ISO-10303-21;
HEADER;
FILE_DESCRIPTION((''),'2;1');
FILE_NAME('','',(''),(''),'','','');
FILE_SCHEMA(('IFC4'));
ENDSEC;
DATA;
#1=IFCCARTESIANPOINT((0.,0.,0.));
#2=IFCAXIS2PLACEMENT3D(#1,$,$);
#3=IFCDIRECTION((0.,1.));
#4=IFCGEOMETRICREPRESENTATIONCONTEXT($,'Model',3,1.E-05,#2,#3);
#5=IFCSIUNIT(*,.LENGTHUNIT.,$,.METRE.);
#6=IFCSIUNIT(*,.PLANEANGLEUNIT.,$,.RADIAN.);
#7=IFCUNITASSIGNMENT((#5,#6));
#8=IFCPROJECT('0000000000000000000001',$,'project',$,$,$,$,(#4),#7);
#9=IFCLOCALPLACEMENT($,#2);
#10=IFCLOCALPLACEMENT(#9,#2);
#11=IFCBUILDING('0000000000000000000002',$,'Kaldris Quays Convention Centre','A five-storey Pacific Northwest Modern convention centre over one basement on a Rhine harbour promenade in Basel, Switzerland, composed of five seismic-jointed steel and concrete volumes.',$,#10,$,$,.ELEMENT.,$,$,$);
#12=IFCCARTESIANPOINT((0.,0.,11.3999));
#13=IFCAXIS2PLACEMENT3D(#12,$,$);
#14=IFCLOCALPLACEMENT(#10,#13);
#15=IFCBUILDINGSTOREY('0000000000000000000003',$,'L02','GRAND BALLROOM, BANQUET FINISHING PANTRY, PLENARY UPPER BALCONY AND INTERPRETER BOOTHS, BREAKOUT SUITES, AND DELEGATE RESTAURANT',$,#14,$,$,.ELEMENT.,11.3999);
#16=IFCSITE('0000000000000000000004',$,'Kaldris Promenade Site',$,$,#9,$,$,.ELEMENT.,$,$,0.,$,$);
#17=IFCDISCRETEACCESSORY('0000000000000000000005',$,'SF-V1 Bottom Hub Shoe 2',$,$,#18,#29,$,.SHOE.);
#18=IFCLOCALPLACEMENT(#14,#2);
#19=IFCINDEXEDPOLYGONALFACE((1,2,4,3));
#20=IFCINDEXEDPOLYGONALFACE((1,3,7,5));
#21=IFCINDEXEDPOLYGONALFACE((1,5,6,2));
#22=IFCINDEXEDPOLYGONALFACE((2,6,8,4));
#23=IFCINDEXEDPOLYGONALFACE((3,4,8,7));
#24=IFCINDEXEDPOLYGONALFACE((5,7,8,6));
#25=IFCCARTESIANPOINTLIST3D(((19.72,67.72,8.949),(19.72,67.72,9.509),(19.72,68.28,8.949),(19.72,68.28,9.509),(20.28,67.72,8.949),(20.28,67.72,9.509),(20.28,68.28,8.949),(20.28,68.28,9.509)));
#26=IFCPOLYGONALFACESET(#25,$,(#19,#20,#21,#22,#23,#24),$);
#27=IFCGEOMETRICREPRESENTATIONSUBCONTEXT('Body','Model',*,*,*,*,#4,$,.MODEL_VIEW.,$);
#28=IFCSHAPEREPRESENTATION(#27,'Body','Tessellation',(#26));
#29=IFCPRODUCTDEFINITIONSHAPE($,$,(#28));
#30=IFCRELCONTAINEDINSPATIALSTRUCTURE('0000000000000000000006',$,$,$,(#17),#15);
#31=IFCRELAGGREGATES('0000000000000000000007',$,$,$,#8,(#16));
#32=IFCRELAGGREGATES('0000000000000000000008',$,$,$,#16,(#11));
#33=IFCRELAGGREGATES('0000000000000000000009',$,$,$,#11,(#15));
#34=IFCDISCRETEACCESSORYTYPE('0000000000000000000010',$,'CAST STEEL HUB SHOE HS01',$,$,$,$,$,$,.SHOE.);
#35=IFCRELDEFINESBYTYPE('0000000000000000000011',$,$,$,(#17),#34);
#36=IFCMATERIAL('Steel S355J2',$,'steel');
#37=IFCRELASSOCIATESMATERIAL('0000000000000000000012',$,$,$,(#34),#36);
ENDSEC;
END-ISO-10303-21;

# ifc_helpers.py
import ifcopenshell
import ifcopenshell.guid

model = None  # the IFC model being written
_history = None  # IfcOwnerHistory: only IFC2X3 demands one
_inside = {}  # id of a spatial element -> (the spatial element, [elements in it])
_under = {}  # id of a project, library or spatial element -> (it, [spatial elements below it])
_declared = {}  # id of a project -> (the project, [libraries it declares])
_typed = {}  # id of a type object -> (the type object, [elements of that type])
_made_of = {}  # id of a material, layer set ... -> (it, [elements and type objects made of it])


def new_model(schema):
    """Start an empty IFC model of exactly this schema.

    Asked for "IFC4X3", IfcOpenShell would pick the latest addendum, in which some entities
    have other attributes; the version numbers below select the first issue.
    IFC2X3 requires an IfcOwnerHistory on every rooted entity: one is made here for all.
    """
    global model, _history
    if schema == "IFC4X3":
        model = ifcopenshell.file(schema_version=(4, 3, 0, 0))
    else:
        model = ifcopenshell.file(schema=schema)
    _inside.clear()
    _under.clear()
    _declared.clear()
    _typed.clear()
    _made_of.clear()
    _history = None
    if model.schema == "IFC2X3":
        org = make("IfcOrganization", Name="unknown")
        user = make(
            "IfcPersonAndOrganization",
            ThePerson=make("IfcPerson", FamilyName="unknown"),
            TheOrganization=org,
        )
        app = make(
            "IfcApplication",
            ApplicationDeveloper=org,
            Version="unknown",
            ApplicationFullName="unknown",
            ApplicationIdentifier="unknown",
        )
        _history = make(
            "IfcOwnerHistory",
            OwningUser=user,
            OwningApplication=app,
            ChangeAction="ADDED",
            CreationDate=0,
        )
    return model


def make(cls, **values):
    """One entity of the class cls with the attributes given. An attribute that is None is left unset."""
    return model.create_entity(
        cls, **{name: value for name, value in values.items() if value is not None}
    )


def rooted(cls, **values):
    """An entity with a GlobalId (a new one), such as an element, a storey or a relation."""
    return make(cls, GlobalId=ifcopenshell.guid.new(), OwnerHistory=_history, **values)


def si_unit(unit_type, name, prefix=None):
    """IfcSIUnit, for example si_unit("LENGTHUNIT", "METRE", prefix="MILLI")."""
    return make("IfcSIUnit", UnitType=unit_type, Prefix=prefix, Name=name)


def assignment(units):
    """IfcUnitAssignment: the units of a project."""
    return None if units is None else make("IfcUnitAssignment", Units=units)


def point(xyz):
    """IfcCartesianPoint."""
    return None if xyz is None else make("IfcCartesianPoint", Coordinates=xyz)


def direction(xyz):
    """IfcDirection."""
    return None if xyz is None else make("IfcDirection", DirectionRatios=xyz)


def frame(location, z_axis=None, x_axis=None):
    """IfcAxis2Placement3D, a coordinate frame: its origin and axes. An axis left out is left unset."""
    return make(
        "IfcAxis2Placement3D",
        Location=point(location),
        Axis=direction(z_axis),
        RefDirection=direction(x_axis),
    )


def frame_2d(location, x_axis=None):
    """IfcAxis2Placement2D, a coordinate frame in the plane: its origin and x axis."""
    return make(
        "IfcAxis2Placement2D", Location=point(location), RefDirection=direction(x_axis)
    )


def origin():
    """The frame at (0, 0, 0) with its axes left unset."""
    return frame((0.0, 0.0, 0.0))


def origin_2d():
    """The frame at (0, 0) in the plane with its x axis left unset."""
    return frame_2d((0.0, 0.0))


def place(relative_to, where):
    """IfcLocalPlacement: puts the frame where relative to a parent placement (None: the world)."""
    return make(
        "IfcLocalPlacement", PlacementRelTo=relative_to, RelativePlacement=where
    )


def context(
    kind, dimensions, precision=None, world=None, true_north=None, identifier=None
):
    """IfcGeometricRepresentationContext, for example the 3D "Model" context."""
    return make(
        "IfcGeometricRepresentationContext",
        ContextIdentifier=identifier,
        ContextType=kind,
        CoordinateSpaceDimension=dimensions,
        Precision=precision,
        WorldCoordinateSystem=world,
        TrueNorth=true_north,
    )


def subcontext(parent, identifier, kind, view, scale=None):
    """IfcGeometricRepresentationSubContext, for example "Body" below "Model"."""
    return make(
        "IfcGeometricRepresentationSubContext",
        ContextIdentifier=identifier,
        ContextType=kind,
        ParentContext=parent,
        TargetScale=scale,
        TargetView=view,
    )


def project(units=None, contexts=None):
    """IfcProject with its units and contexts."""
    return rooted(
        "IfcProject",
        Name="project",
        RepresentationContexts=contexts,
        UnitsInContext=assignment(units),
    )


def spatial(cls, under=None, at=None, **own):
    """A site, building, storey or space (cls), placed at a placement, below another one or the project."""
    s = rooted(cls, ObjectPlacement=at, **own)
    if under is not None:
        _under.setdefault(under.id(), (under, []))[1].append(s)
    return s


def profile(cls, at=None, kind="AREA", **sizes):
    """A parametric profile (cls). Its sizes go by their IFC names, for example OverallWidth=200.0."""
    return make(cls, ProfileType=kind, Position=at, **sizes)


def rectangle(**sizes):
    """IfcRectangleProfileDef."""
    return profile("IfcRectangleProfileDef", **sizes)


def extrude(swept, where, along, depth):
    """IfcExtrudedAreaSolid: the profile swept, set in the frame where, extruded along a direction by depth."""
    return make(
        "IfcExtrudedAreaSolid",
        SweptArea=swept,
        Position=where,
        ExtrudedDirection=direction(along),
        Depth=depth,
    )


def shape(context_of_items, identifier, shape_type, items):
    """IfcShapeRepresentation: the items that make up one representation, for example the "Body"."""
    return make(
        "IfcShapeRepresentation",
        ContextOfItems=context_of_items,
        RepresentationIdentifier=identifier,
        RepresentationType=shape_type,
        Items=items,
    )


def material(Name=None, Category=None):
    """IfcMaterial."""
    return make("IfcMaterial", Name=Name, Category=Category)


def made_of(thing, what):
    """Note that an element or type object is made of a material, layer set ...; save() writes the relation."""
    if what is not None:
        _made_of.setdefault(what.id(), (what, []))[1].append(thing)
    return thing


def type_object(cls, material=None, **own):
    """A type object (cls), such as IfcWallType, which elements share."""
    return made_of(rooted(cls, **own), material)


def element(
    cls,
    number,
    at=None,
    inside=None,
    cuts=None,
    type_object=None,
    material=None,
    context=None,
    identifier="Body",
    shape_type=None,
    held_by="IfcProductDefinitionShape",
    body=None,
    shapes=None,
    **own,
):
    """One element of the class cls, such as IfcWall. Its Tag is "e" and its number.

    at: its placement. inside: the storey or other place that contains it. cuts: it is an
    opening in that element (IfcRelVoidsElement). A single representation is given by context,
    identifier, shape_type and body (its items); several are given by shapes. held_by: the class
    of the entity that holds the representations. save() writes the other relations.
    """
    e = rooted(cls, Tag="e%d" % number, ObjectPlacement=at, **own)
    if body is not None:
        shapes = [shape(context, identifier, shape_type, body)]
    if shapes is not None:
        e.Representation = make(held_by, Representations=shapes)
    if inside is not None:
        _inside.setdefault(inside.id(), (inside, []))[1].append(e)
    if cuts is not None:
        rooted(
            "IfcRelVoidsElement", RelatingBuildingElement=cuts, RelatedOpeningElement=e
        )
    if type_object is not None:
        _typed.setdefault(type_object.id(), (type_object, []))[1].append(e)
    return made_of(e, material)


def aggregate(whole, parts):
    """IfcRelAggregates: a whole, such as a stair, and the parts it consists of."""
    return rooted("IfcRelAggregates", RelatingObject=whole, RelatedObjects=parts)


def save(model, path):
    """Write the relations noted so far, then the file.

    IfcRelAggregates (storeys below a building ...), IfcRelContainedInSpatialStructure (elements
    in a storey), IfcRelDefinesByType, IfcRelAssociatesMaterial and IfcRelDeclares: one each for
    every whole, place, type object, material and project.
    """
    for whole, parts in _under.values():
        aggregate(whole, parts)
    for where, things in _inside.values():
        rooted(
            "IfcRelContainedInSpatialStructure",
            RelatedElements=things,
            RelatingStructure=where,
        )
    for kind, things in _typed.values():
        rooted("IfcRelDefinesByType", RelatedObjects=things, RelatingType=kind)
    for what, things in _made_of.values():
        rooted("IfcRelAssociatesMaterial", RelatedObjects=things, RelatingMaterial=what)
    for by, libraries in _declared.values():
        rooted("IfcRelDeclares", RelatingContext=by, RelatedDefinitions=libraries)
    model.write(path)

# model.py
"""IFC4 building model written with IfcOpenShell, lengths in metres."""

from ifc_helpers import new_model, si_unit, direction, frame, origin, origin_2d, place, context, subcontext, project, spatial, rectangle, extrude, material, type_object, element, save


model = new_model("IFC4")

# Units and contexts
model_context = context("Model", 3, precision=1e-05, world=origin(), true_north=direction((0.0, 1.0)))
body_context = subcontext(model_context, "Body", "Model", "MODEL_VIEW")
ifc_project = project(units=[si_unit("LENGTHUNIT", "METRE"), si_unit("PLANEANGLEUNIT", "RADIAN")], contexts=[model_context])

# Site, building, storey
site_placement = place(None, origin())
site = spatial("IfcSite", under=ifc_project, at=site_placement, Name="Kaldris Promenade Site", CompositionType="ELEMENT", RefElevation=0.0)
building_placement = place(site_placement, origin())
building = spatial("IfcBuilding", under=site, at=building_placement, Name="Kaldris Quays Convention Centre", Description="A five-storey Pacific Northwest Modern convention centre over one basement on a Rhine harbour promenade in Basel, Switzerland, composed of five seismic-jointed steel and concrete volumes.", CompositionType="ELEMENT")
storey_placement = place(building_placement, frame((0.0, 0.0, 11.3999)))
storey = spatial("IfcBuildingStorey", under=building, at=storey_placement, Name="L02", Description="GRAND BALLROOM, BANQUET FINISHING PANTRY, PLENARY UPPER BALCONY AND INTERPRETER BOOTHS, BREAKOUT SUITES, AND DELEGATE RESTAURANT", CompositionType="ELEMENT", Elevation=11.3999)

# Discrete accessory
ifc_material_1 = material(Name="Steel S355J2", Category="steel")
discrete_accessory_type = type_object("IfcDiscreteAccessoryType", Name="CAST STEEL HUB SHOE HS01", PredefinedType="SHOE", material=ifc_material_1)
discrete_accessory_placement = place(storey_placement, frame((20.0, 68.0, 8.949), z_axis=(0.0, 0.0, 1.0), x_axis=(1.0, 0.0, 0.0)))
element("IfcDiscreteAccessory", 1, at=discrete_accessory_placement, inside=storey, type_object=discrete_accessory_type, Name="SF-V1 Bottom Hub Shoe 2", PredefinedType="SHOE", context=body_context, shape_type="SweptSolid", body=[
    extrude(rectangle(XDim=0.5601, YDim=0.5601, at=origin_2d()), origin(), (0.0, 0.0, 1.0), 0.5601),
])

save(model, "model.ifc")
